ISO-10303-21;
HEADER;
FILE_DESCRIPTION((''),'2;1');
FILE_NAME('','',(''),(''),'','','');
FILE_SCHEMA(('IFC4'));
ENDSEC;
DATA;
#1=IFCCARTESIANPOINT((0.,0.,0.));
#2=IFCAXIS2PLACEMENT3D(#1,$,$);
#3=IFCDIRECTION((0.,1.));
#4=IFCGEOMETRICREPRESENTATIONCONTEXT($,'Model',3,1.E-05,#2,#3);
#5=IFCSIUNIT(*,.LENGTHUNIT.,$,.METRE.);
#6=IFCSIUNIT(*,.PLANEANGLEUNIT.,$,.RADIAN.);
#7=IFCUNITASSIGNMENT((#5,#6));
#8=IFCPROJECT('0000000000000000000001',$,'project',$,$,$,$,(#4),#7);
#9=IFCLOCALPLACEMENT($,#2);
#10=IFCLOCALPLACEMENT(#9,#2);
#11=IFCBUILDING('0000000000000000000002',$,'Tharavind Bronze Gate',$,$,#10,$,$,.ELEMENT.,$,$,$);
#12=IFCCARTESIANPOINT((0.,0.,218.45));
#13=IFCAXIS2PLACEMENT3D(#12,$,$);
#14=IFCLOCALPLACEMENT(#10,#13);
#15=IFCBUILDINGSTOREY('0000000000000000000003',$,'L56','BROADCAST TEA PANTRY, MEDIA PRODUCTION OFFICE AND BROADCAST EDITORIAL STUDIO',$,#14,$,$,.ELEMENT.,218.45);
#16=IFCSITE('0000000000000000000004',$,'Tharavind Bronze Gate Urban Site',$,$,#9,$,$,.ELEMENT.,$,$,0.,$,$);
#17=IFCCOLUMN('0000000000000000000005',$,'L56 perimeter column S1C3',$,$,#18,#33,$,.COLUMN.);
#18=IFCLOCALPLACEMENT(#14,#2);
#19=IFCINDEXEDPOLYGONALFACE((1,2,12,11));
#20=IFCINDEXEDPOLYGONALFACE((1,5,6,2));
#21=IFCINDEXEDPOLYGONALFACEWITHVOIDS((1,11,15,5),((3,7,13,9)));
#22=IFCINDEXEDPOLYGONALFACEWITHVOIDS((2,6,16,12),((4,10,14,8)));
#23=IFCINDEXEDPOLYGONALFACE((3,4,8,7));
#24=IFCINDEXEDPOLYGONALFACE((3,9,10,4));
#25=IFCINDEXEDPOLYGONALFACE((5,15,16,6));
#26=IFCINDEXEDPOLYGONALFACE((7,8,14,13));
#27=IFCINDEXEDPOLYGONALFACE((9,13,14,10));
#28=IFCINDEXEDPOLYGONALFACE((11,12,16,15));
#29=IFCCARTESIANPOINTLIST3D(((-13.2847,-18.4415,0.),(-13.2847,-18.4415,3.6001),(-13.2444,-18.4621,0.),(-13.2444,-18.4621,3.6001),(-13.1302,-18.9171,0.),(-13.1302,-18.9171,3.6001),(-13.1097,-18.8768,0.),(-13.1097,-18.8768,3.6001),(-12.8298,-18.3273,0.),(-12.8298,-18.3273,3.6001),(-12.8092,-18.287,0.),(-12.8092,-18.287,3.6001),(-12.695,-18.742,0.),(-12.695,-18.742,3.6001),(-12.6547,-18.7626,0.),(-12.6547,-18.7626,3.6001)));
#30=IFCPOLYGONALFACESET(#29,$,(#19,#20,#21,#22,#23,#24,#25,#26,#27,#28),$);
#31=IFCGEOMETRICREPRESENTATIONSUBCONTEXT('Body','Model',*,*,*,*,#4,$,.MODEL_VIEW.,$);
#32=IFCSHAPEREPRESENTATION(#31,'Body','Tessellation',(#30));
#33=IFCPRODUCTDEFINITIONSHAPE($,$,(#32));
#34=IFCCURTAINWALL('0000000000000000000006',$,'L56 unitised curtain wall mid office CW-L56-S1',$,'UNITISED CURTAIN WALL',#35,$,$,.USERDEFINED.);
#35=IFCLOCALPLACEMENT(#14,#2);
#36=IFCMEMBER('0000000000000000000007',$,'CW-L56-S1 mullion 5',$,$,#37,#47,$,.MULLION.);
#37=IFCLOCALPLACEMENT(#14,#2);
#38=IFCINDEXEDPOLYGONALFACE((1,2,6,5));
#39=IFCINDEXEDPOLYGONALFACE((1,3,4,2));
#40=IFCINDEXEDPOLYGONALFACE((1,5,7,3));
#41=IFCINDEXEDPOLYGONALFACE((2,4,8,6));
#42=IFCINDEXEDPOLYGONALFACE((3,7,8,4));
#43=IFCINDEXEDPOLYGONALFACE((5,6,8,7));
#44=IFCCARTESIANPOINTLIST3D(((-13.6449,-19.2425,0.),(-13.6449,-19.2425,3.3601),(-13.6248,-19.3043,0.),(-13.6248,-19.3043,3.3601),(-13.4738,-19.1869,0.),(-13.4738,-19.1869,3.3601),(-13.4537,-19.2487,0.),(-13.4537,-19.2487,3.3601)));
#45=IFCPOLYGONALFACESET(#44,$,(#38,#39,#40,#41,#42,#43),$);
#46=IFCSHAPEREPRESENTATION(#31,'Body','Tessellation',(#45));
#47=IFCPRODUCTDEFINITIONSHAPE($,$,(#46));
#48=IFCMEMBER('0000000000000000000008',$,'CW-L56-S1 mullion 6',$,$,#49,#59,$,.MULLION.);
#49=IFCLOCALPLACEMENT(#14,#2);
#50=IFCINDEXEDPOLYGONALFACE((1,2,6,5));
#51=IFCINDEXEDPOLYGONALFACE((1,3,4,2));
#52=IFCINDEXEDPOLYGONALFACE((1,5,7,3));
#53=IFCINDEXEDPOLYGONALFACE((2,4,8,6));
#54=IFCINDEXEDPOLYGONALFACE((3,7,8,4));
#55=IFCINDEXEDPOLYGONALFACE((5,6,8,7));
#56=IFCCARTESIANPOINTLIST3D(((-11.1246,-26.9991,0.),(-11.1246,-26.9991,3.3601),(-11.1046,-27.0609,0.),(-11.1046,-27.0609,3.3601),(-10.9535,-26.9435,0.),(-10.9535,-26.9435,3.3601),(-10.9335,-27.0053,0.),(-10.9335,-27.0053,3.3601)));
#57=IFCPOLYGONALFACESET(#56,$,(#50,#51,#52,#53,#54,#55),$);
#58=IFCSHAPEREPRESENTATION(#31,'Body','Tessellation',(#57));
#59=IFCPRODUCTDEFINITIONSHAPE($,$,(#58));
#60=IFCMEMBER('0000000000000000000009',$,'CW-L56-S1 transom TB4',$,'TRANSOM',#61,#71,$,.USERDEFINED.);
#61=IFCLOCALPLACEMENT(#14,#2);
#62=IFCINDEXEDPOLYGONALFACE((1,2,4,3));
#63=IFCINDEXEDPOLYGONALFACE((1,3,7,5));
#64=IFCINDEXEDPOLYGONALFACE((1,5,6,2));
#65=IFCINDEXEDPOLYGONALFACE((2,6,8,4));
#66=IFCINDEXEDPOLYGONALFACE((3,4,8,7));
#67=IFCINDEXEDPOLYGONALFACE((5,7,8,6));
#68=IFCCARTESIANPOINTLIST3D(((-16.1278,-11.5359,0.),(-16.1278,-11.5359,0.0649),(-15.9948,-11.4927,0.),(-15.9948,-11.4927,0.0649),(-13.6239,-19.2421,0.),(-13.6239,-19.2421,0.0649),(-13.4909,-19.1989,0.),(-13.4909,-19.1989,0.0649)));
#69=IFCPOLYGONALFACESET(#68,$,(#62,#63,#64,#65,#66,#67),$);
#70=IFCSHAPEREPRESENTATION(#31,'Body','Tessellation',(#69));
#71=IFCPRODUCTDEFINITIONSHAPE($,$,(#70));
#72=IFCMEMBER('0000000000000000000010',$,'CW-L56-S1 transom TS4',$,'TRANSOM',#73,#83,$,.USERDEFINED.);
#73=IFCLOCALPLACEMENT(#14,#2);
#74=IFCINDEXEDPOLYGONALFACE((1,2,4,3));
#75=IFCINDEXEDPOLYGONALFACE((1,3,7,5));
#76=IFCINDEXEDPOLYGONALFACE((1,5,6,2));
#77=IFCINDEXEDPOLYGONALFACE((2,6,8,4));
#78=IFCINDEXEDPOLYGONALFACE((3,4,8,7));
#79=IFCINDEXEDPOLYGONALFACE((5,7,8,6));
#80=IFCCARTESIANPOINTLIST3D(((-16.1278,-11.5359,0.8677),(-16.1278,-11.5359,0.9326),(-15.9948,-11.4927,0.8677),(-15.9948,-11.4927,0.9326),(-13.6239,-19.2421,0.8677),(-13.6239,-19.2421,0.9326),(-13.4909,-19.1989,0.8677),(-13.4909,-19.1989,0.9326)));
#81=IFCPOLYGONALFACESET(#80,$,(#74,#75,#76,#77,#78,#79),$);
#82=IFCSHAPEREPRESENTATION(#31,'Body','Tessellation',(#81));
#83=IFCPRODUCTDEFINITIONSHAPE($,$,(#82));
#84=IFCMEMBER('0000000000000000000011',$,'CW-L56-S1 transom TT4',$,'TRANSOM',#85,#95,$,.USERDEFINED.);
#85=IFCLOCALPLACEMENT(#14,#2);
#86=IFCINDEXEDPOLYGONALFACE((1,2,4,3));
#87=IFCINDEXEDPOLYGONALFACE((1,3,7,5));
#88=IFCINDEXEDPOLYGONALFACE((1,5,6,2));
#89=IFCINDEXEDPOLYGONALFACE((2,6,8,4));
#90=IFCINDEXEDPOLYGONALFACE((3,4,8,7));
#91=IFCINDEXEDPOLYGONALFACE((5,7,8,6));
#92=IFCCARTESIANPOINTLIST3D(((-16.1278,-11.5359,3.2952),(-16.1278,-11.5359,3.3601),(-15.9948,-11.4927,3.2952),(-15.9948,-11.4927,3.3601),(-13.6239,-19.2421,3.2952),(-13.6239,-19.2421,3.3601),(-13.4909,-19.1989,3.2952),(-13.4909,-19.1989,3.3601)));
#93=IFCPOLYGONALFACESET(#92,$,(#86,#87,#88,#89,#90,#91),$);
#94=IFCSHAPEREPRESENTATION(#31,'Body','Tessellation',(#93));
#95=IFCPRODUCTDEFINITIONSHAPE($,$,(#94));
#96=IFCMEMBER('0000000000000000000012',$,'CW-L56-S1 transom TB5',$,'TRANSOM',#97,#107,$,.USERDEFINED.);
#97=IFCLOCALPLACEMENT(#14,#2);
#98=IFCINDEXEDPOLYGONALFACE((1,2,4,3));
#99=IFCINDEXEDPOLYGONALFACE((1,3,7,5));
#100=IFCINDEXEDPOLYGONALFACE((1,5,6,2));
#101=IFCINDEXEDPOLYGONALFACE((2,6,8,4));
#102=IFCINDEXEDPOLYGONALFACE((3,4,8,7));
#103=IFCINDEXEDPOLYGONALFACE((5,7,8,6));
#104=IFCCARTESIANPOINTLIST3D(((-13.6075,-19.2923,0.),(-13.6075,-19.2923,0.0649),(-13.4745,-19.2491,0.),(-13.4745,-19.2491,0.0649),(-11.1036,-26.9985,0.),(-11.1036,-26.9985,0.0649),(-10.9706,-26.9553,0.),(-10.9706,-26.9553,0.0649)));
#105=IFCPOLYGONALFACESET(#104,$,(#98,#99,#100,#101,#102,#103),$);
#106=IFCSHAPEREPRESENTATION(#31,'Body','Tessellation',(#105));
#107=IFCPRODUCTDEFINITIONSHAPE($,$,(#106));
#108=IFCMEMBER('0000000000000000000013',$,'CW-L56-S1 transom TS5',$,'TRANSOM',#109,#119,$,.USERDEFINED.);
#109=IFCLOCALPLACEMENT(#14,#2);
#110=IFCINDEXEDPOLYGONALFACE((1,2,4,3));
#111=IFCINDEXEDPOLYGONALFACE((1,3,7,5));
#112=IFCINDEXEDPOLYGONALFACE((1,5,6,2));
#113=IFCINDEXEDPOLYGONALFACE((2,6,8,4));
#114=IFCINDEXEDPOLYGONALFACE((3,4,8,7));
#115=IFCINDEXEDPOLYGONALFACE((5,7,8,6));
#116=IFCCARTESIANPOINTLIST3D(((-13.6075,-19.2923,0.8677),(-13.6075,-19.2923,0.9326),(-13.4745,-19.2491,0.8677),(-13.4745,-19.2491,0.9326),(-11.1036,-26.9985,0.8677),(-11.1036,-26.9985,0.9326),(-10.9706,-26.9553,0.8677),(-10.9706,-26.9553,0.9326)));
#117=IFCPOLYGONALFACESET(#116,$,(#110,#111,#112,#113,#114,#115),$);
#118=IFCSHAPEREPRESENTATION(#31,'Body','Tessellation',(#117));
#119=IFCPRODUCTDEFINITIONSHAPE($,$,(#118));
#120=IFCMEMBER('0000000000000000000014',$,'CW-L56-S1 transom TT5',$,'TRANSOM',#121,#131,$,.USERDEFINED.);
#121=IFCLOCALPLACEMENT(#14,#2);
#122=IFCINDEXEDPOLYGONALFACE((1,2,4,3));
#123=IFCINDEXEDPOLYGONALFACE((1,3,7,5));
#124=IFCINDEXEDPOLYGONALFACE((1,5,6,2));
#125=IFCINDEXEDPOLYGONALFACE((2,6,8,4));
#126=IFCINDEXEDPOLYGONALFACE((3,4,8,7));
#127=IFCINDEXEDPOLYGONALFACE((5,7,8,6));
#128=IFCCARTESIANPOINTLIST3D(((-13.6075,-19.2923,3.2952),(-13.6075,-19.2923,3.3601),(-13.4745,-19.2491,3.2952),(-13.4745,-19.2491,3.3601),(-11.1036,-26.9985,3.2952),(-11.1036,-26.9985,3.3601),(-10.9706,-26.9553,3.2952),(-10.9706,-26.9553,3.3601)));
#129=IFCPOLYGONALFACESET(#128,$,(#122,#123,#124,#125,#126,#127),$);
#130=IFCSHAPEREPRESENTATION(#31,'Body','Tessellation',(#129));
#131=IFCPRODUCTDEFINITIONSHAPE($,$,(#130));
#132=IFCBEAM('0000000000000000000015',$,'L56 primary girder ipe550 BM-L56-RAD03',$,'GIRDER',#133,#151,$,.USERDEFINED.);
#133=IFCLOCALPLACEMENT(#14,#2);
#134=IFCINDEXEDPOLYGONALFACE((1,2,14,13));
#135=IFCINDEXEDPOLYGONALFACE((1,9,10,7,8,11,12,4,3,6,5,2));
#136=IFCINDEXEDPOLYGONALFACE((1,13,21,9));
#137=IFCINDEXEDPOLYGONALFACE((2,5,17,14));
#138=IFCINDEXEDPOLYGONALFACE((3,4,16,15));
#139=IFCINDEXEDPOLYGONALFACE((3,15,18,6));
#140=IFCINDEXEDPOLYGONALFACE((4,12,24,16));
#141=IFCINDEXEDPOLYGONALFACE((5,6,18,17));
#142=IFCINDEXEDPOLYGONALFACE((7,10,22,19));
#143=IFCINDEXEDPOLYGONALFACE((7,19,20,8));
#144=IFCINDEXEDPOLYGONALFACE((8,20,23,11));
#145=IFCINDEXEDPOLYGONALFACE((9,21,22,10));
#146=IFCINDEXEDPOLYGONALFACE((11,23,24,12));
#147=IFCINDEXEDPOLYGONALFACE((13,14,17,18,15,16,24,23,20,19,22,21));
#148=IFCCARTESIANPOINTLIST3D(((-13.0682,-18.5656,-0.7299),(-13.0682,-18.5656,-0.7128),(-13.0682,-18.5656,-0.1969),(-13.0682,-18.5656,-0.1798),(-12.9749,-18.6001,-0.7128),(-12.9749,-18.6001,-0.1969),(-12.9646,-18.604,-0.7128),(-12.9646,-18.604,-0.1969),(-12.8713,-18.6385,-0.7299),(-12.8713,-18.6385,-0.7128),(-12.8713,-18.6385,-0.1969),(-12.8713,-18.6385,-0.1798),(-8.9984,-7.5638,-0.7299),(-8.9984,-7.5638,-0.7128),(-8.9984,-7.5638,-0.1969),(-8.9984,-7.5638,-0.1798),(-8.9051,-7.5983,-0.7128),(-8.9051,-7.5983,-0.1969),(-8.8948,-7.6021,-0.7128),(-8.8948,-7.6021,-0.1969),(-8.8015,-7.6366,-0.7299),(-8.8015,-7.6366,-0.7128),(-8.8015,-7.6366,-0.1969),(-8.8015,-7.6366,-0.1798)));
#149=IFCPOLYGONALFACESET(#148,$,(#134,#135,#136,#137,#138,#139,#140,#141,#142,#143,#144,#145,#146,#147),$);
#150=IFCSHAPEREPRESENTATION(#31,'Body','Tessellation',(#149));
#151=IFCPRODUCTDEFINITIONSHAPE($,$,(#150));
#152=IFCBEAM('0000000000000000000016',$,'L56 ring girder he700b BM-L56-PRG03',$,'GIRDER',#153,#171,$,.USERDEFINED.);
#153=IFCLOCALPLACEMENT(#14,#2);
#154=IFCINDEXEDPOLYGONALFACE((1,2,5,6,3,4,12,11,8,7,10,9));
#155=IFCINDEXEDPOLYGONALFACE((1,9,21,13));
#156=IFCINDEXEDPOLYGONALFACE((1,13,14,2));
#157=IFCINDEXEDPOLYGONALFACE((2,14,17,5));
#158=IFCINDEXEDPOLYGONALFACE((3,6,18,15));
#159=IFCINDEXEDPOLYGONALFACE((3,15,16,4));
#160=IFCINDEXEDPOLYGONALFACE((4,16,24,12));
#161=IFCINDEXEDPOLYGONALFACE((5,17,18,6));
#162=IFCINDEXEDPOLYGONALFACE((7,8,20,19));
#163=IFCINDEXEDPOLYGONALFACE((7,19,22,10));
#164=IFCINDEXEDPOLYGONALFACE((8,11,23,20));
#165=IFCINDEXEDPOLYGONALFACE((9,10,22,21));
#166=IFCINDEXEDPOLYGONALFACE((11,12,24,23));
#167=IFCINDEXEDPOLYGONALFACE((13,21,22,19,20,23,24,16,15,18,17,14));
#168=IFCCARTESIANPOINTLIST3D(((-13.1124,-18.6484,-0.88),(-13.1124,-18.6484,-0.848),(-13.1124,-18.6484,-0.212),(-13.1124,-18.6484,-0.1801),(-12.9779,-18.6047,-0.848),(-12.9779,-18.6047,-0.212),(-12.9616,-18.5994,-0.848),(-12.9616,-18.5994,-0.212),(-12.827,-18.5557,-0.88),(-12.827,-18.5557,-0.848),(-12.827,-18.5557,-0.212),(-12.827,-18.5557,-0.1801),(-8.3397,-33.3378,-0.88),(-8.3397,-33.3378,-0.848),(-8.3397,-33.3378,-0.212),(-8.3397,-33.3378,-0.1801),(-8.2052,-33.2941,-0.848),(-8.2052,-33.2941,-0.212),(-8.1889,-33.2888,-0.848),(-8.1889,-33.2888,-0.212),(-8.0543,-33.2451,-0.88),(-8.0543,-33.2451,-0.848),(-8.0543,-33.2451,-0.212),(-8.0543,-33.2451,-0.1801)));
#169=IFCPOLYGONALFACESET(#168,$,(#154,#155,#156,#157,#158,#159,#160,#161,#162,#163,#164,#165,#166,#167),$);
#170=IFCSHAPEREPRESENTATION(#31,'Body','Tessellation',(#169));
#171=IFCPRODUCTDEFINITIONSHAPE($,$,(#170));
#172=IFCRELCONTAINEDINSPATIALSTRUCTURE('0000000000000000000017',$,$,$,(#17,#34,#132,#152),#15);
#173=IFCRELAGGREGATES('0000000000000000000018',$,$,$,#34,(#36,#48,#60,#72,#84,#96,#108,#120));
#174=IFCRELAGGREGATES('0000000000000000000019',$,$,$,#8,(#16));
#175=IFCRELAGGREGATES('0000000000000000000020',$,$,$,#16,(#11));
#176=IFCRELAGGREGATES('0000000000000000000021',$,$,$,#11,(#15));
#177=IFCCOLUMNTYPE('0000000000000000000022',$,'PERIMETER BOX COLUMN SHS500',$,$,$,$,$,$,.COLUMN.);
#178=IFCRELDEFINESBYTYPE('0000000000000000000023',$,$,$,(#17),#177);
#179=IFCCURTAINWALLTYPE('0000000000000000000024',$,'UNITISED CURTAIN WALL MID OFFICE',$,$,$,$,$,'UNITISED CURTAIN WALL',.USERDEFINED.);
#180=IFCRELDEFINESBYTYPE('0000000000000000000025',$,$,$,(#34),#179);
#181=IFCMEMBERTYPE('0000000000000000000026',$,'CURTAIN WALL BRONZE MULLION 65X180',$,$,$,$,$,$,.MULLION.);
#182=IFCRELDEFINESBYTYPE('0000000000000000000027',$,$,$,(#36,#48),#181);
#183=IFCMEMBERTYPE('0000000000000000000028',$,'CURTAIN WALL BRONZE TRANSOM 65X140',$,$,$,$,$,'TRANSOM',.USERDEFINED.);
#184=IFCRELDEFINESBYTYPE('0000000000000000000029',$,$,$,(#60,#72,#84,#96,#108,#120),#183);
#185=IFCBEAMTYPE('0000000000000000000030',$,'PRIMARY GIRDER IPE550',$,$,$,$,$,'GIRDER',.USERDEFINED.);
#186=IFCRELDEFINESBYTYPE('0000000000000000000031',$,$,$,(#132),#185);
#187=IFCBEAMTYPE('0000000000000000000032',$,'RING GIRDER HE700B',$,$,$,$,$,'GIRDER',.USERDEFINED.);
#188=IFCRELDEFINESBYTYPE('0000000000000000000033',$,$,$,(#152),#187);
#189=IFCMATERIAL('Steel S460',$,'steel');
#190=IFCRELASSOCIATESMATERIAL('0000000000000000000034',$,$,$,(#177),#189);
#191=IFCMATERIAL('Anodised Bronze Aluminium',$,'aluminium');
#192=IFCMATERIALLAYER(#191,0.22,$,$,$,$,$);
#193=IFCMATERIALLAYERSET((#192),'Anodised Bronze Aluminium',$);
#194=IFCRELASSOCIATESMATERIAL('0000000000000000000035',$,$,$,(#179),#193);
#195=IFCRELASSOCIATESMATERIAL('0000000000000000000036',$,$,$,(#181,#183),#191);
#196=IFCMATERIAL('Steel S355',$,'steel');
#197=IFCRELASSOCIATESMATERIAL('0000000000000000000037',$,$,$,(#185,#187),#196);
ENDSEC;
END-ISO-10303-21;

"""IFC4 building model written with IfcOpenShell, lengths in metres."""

from ifc_helpers import new_model, si_unit, direction, frame, origin, origin_2d, place, context, subcontext, project, spatial, rectangle, hollow_rectangle, i_section, extrude, material, layer, layer_set, material_profile, profile_set, type_object, element, aggregate, save


model = new_model("IFC4")

# Units and contexts
model_context = context("Model", 3, precision=1e-05, world=origin(), true_north=direction((0.0, 1.0)))
body_context = subcontext(model_context, "Body", "Model", "MODEL_VIEW")
ifc_project = project(units=[si_unit("LENGTHUNIT", "METRE"), si_unit("PLANEANGLEUNIT", "RADIAN")], contexts=[model_context])

# Site, building, storey
site_placement = place(None, origin())
site = spatial("IfcSite", under=ifc_project, at=site_placement, Name="Tharavind Bronze Gate Urban Site", CompositionType="ELEMENT", RefElevation=0.0)
building_placement = place(site_placement, origin())
building = spatial("IfcBuilding", under=site, at=building_placement, Name="Tharavind Bronze Gate", CompositionType="ELEMENT")
storey_placement = place(building_placement, frame((0.0, 0.0, 218.45)))
storey = spatial("IfcBuildingStorey", under=building, at=storey_placement, Name="L56", Description="BROADCAST TEA PANTRY, MEDIA PRODUCTION OFFICE AND BROADCAST EDITORIAL STUDIO", CompositionType="ELEMENT", Elevation=218.45)

# Column
ifc_material_1 = material(Name="Steel S460", Category="steel")
ifc_material_profile_1 = material_profile(ifc_material_1, hollow_rectangle(XDim=0.5, YDim=0.5, WallThickness=0.032, at=origin_2d()), Name="SHS500X32")
ifc_profile_set_1 = profile_set([ifc_material_profile_1], Name="Steel S460")
column_type = type_object("IfcColumnType", Name="PERIMETER BOX COLUMN SHS500", PredefinedType="COLUMN", material=ifc_profile_set_1)
column_placement = place(storey_placement, frame((-12.9697, -18.6021, 0.0), z_axis=(0.0, 0.0, 1.0), x_axis=(-0.309017, 0.951057, 0.0)))
element("IfcColumn", 1, at=column_placement, inside=storey, type_object=column_type, Name="L56 perimeter column S1C3", PredefinedType="COLUMN", context=body_context, shape_type="SweptSolid", body=[
    extrude(hollow_rectangle(XDim=0.5, YDim=0.5, WallThickness=0.032, at=origin_2d()), origin(), (0.0, 0.0, 1.0), 3.6001),
])

# Curtain wall, members
ifc_material_2 = material(Name="Anodised Bronze Aluminium", Category="aluminium")
ifc_layer_1 = layer(ifc_material_2, 0.22)
ifc_layer_set_1 = layer_set([ifc_layer_1], Name="Anodised Bronze Aluminium")
curtain_wall_type = type_object("IfcCurtainWallType", Name="UNITISED CURTAIN WALL MID OFFICE", ElementType="UNITISED CURTAIN WALL", PredefinedType="USERDEFINED", material=ifc_layer_set_1)
curtain_wall_placement = place(storey_placement, origin())
curtain_wall = element("IfcCurtainWall", 2, at=curtain_wall_placement, inside=storey, type_object=curtain_wall_type, Name="L56 unitised curtain wall mid office CW-L56-S1", ObjectType="UNITISED CURTAIN WALL", PredefinedType="USERDEFINED")
member_type_1 = type_object("IfcMemberType", Name="CURTAIN WALL BRONZE MULLION 65X180", PredefinedType="MULLION", material=ifc_material_2)
member_1_placement = place(storey_placement, frame((-13.5493, -19.2456, 0.0), z_axis=(0.0, 0.0, 1.0), x_axis=(0.309017, -0.951057, 0.0)))
member_1 = element("IfcMember", 3, at=member_1_placement, type_object=member_type_1, Name="CW-L56-S1 mullion 5", PredefinedType="MULLION", context=body_context, shape_type="SweptSolid", body=[
    extrude(rectangle(XDim=0.0649, YDim=0.1799, at=origin_2d()), origin(), (0.0, 0.0, 1.0), 3.3601),
])
member_2_placement = place(storey_placement, frame((-11.0291, -27.0022, 0.0), z_axis=(0.0, 0.0, 1.0), x_axis=(0.309017, -0.951057, 0.0)))
member_2 = element("IfcMember", 4, at=member_2_placement, type_object=member_type_1, Name="CW-L56-S1 mullion 6", PredefinedType="MULLION", context=body_context, shape_type="SweptSolid", body=[
    extrude(rectangle(XDim=0.0649, YDim=0.1799, at=origin_2d()), origin(), (0.0, 0.0, 1.0), 3.3601),
])
member_type_2 = type_object("IfcMemberType", Name="CURTAIN WALL BRONZE TRANSOM 65X140", ElementType="TRANSOM", PredefinedType="USERDEFINED", material=ifc_material_2)
member_3_placement = place(storey_placement, frame((-14.8093, -15.3674, 0.0), z_axis=(0.0, 0.0, 1.0), x_axis=(0.309017, -0.951057, 0.0)))
member_3 = element("IfcMember", 5, at=member_3_placement, type_object=member_type_2, Name="CW-L56-S1 transom TB4", ObjectType="TRANSOM", PredefinedType="USERDEFINED", context=body_context, shape_type="SweptSolid", body=[
    extrude(rectangle(XDim=8.1028, YDim=0.1399, at=origin_2d()), origin(), (0.0, 0.0, 1.0), 0.0649),
])
member_4_placement = place(storey_placement, frame((-14.8093, -15.3674, 0.8677), z_axis=(0.0, 0.0, 1.0), x_axis=(0.309017, -0.951057, 0.0)))
member_4 = element("IfcMember", 6, at=member_4_placement, type_object=member_type_2, Name="CW-L56-S1 transom TS4", ObjectType="TRANSOM", PredefinedType="USERDEFINED", context=body_context, shape_type="SweptSolid", body=[
    extrude(rectangle(XDim=8.1028, YDim=0.1399, at=origin_2d()), origin(), (0.0, 0.0, 1.0), 0.0649),
])
member_5_placement = place(storey_placement, frame((-14.8093, -15.3674, 3.2952), z_axis=(0.0, 0.0, 1.0), x_axis=(0.309017, -0.951057, 0.0)))
member_5 = element("IfcMember", 7, at=member_5_placement, type_object=member_type_2, Name="CW-L56-S1 transom TT4", ObjectType="TRANSOM", PredefinedType="USERDEFINED", context=body_context, shape_type="SweptSolid", body=[
    extrude(rectangle(XDim=8.1028, YDim=0.1399, at=origin_2d()), origin(), (0.0, 0.0, 1.0), 0.0649),
])
member_6_placement = place(storey_placement, frame((-12.2891, -23.1238, 0.0), z_axis=(0.0, 0.0, 1.0), x_axis=(0.309017, -0.951057, 0.0)))
member_6 = element("IfcMember", 8, at=member_6_placement, type_object=member_type_2, Name="CW-L56-S1 transom TB5", ObjectType="TRANSOM", PredefinedType="USERDEFINED", context=body_context, shape_type="SweptSolid", body=[
    extrude(rectangle(XDim=8.1028, YDim=0.1399, at=origin_2d()), origin(), (0.0, 0.0, 1.0), 0.0649),
])
member_7_placement = place(storey_placement, frame((-12.2891, -23.1238, 0.8677), z_axis=(0.0, 0.0, 1.0), x_axis=(0.309017, -0.951057, 0.0)))
member_7 = element("IfcMember", 9, at=member_7_placement, type_object=member_type_2, Name="CW-L56-S1 transom TS5", ObjectType="TRANSOM", PredefinedType="USERDEFINED", context=body_context, shape_type="SweptSolid", body=[
    extrude(rectangle(XDim=8.1028, YDim=0.1399, at=origin_2d()), origin(), (0.0, 0.0, 1.0), 0.0649),
])
member_8_placement = place(storey_placement, frame((-12.2891, -23.1238, 3.2952), z_axis=(0.0, 0.0, 1.0), x_axis=(0.309017, -0.951057, 0.0)))
member_8 = element("IfcMember", 10, at=member_8_placement, type_object=member_type_2, Name="CW-L56-S1 transom TT5", ObjectType="TRANSOM", PredefinedType="USERDEFINED", context=body_context, shape_type="SweptSolid", body=[
    extrude(rectangle(XDim=8.1028, YDim=0.1399, at=origin_2d()), origin(), (0.0, 0.0, 1.0), 0.0649),
])

# Beams
ifc_material_3 = material(Name="Steel S355", Category="steel")
ifc_material_profile_2 = material_profile(ifc_material_3, i_section(OverallWidth=0.21, OverallDepth=0.55, WebThickness=0.011, FlangeThickness=0.0171, at=origin_2d()), Name="IPE550")
ifc_profile_set_2 = profile_set([ifc_material_profile_2], Name="Steel S355")
beam_type_1 = type_object("IfcBeamType", Name="PRIMARY GIRDER IPE550", ElementType="GIRDER", PredefinedType="USERDEFINED", material=ifc_profile_set_2)
beam_1_placement = place(storey_placement, frame((-12.9697, -18.6021, -0.4548), z_axis=(0.346942, 0.937887, 0.0), x_axis=(-0.937887, 0.346942, 0.0)))
element("IfcBeam", 11, at=beam_1_placement, inside=storey, type_object=beam_type_1, Name="L56 primary girder ipe550 BM-L56-RAD03", ObjectType="GIRDER", PredefinedType="USERDEFINED", context=body_context, shape_type="SweptSolid", body=[
    extrude(i_section(OverallWidth=0.21, OverallDepth=0.55, WebThickness=0.011, FlangeThickness=0.0171, at=origin_2d()), origin(), (0.0, 0.0, 1.0), 11.7305),
])
ifc_material_profile_3 = material_profile(ifc_material_3, i_section(OverallWidth=0.3, OverallDepth=0.7, WebThickness=0.0171, FlangeThickness=0.032, at=origin_2d()), Name="HE700B")
ifc_profile_set_3 = profile_set([ifc_material_profile_3], Name="Steel S355")
beam_type_2 = type_object("IfcBeamType", Name="RING GIRDER HE700B", ElementType="GIRDER", PredefinedType="USERDEFINED", material=ifc_profile_set_3)
beam_2_placement = place(storey_placement, frame((-12.9697, -18.6021, -0.53), z_axis=(0.309006, -0.95106, 0.0), x_axis=(0.95106, 0.309006, 0.0)))
element("IfcBeam", 12, at=beam_2_placement, inside=storey, type_object=beam_type_2, Name="L56 ring girder he700b BM-L56-PRG03", ObjectType="GIRDER", PredefinedType="USERDEFINED", context=body_context, shape_type="SweptSolid", body=[
    extrude(i_section(OverallWidth=0.3, OverallDepth=0.7, WebThickness=0.0171, FlangeThickness=0.032, at=origin_2d()), origin(), (0.0, 0.0, 1.0), 15.4453),
])

aggregate(curtain_wall, [member_1, member_2, member_3, member_4, member_5, member_6, member_7, member_8])

save(model, "model.ifc")
